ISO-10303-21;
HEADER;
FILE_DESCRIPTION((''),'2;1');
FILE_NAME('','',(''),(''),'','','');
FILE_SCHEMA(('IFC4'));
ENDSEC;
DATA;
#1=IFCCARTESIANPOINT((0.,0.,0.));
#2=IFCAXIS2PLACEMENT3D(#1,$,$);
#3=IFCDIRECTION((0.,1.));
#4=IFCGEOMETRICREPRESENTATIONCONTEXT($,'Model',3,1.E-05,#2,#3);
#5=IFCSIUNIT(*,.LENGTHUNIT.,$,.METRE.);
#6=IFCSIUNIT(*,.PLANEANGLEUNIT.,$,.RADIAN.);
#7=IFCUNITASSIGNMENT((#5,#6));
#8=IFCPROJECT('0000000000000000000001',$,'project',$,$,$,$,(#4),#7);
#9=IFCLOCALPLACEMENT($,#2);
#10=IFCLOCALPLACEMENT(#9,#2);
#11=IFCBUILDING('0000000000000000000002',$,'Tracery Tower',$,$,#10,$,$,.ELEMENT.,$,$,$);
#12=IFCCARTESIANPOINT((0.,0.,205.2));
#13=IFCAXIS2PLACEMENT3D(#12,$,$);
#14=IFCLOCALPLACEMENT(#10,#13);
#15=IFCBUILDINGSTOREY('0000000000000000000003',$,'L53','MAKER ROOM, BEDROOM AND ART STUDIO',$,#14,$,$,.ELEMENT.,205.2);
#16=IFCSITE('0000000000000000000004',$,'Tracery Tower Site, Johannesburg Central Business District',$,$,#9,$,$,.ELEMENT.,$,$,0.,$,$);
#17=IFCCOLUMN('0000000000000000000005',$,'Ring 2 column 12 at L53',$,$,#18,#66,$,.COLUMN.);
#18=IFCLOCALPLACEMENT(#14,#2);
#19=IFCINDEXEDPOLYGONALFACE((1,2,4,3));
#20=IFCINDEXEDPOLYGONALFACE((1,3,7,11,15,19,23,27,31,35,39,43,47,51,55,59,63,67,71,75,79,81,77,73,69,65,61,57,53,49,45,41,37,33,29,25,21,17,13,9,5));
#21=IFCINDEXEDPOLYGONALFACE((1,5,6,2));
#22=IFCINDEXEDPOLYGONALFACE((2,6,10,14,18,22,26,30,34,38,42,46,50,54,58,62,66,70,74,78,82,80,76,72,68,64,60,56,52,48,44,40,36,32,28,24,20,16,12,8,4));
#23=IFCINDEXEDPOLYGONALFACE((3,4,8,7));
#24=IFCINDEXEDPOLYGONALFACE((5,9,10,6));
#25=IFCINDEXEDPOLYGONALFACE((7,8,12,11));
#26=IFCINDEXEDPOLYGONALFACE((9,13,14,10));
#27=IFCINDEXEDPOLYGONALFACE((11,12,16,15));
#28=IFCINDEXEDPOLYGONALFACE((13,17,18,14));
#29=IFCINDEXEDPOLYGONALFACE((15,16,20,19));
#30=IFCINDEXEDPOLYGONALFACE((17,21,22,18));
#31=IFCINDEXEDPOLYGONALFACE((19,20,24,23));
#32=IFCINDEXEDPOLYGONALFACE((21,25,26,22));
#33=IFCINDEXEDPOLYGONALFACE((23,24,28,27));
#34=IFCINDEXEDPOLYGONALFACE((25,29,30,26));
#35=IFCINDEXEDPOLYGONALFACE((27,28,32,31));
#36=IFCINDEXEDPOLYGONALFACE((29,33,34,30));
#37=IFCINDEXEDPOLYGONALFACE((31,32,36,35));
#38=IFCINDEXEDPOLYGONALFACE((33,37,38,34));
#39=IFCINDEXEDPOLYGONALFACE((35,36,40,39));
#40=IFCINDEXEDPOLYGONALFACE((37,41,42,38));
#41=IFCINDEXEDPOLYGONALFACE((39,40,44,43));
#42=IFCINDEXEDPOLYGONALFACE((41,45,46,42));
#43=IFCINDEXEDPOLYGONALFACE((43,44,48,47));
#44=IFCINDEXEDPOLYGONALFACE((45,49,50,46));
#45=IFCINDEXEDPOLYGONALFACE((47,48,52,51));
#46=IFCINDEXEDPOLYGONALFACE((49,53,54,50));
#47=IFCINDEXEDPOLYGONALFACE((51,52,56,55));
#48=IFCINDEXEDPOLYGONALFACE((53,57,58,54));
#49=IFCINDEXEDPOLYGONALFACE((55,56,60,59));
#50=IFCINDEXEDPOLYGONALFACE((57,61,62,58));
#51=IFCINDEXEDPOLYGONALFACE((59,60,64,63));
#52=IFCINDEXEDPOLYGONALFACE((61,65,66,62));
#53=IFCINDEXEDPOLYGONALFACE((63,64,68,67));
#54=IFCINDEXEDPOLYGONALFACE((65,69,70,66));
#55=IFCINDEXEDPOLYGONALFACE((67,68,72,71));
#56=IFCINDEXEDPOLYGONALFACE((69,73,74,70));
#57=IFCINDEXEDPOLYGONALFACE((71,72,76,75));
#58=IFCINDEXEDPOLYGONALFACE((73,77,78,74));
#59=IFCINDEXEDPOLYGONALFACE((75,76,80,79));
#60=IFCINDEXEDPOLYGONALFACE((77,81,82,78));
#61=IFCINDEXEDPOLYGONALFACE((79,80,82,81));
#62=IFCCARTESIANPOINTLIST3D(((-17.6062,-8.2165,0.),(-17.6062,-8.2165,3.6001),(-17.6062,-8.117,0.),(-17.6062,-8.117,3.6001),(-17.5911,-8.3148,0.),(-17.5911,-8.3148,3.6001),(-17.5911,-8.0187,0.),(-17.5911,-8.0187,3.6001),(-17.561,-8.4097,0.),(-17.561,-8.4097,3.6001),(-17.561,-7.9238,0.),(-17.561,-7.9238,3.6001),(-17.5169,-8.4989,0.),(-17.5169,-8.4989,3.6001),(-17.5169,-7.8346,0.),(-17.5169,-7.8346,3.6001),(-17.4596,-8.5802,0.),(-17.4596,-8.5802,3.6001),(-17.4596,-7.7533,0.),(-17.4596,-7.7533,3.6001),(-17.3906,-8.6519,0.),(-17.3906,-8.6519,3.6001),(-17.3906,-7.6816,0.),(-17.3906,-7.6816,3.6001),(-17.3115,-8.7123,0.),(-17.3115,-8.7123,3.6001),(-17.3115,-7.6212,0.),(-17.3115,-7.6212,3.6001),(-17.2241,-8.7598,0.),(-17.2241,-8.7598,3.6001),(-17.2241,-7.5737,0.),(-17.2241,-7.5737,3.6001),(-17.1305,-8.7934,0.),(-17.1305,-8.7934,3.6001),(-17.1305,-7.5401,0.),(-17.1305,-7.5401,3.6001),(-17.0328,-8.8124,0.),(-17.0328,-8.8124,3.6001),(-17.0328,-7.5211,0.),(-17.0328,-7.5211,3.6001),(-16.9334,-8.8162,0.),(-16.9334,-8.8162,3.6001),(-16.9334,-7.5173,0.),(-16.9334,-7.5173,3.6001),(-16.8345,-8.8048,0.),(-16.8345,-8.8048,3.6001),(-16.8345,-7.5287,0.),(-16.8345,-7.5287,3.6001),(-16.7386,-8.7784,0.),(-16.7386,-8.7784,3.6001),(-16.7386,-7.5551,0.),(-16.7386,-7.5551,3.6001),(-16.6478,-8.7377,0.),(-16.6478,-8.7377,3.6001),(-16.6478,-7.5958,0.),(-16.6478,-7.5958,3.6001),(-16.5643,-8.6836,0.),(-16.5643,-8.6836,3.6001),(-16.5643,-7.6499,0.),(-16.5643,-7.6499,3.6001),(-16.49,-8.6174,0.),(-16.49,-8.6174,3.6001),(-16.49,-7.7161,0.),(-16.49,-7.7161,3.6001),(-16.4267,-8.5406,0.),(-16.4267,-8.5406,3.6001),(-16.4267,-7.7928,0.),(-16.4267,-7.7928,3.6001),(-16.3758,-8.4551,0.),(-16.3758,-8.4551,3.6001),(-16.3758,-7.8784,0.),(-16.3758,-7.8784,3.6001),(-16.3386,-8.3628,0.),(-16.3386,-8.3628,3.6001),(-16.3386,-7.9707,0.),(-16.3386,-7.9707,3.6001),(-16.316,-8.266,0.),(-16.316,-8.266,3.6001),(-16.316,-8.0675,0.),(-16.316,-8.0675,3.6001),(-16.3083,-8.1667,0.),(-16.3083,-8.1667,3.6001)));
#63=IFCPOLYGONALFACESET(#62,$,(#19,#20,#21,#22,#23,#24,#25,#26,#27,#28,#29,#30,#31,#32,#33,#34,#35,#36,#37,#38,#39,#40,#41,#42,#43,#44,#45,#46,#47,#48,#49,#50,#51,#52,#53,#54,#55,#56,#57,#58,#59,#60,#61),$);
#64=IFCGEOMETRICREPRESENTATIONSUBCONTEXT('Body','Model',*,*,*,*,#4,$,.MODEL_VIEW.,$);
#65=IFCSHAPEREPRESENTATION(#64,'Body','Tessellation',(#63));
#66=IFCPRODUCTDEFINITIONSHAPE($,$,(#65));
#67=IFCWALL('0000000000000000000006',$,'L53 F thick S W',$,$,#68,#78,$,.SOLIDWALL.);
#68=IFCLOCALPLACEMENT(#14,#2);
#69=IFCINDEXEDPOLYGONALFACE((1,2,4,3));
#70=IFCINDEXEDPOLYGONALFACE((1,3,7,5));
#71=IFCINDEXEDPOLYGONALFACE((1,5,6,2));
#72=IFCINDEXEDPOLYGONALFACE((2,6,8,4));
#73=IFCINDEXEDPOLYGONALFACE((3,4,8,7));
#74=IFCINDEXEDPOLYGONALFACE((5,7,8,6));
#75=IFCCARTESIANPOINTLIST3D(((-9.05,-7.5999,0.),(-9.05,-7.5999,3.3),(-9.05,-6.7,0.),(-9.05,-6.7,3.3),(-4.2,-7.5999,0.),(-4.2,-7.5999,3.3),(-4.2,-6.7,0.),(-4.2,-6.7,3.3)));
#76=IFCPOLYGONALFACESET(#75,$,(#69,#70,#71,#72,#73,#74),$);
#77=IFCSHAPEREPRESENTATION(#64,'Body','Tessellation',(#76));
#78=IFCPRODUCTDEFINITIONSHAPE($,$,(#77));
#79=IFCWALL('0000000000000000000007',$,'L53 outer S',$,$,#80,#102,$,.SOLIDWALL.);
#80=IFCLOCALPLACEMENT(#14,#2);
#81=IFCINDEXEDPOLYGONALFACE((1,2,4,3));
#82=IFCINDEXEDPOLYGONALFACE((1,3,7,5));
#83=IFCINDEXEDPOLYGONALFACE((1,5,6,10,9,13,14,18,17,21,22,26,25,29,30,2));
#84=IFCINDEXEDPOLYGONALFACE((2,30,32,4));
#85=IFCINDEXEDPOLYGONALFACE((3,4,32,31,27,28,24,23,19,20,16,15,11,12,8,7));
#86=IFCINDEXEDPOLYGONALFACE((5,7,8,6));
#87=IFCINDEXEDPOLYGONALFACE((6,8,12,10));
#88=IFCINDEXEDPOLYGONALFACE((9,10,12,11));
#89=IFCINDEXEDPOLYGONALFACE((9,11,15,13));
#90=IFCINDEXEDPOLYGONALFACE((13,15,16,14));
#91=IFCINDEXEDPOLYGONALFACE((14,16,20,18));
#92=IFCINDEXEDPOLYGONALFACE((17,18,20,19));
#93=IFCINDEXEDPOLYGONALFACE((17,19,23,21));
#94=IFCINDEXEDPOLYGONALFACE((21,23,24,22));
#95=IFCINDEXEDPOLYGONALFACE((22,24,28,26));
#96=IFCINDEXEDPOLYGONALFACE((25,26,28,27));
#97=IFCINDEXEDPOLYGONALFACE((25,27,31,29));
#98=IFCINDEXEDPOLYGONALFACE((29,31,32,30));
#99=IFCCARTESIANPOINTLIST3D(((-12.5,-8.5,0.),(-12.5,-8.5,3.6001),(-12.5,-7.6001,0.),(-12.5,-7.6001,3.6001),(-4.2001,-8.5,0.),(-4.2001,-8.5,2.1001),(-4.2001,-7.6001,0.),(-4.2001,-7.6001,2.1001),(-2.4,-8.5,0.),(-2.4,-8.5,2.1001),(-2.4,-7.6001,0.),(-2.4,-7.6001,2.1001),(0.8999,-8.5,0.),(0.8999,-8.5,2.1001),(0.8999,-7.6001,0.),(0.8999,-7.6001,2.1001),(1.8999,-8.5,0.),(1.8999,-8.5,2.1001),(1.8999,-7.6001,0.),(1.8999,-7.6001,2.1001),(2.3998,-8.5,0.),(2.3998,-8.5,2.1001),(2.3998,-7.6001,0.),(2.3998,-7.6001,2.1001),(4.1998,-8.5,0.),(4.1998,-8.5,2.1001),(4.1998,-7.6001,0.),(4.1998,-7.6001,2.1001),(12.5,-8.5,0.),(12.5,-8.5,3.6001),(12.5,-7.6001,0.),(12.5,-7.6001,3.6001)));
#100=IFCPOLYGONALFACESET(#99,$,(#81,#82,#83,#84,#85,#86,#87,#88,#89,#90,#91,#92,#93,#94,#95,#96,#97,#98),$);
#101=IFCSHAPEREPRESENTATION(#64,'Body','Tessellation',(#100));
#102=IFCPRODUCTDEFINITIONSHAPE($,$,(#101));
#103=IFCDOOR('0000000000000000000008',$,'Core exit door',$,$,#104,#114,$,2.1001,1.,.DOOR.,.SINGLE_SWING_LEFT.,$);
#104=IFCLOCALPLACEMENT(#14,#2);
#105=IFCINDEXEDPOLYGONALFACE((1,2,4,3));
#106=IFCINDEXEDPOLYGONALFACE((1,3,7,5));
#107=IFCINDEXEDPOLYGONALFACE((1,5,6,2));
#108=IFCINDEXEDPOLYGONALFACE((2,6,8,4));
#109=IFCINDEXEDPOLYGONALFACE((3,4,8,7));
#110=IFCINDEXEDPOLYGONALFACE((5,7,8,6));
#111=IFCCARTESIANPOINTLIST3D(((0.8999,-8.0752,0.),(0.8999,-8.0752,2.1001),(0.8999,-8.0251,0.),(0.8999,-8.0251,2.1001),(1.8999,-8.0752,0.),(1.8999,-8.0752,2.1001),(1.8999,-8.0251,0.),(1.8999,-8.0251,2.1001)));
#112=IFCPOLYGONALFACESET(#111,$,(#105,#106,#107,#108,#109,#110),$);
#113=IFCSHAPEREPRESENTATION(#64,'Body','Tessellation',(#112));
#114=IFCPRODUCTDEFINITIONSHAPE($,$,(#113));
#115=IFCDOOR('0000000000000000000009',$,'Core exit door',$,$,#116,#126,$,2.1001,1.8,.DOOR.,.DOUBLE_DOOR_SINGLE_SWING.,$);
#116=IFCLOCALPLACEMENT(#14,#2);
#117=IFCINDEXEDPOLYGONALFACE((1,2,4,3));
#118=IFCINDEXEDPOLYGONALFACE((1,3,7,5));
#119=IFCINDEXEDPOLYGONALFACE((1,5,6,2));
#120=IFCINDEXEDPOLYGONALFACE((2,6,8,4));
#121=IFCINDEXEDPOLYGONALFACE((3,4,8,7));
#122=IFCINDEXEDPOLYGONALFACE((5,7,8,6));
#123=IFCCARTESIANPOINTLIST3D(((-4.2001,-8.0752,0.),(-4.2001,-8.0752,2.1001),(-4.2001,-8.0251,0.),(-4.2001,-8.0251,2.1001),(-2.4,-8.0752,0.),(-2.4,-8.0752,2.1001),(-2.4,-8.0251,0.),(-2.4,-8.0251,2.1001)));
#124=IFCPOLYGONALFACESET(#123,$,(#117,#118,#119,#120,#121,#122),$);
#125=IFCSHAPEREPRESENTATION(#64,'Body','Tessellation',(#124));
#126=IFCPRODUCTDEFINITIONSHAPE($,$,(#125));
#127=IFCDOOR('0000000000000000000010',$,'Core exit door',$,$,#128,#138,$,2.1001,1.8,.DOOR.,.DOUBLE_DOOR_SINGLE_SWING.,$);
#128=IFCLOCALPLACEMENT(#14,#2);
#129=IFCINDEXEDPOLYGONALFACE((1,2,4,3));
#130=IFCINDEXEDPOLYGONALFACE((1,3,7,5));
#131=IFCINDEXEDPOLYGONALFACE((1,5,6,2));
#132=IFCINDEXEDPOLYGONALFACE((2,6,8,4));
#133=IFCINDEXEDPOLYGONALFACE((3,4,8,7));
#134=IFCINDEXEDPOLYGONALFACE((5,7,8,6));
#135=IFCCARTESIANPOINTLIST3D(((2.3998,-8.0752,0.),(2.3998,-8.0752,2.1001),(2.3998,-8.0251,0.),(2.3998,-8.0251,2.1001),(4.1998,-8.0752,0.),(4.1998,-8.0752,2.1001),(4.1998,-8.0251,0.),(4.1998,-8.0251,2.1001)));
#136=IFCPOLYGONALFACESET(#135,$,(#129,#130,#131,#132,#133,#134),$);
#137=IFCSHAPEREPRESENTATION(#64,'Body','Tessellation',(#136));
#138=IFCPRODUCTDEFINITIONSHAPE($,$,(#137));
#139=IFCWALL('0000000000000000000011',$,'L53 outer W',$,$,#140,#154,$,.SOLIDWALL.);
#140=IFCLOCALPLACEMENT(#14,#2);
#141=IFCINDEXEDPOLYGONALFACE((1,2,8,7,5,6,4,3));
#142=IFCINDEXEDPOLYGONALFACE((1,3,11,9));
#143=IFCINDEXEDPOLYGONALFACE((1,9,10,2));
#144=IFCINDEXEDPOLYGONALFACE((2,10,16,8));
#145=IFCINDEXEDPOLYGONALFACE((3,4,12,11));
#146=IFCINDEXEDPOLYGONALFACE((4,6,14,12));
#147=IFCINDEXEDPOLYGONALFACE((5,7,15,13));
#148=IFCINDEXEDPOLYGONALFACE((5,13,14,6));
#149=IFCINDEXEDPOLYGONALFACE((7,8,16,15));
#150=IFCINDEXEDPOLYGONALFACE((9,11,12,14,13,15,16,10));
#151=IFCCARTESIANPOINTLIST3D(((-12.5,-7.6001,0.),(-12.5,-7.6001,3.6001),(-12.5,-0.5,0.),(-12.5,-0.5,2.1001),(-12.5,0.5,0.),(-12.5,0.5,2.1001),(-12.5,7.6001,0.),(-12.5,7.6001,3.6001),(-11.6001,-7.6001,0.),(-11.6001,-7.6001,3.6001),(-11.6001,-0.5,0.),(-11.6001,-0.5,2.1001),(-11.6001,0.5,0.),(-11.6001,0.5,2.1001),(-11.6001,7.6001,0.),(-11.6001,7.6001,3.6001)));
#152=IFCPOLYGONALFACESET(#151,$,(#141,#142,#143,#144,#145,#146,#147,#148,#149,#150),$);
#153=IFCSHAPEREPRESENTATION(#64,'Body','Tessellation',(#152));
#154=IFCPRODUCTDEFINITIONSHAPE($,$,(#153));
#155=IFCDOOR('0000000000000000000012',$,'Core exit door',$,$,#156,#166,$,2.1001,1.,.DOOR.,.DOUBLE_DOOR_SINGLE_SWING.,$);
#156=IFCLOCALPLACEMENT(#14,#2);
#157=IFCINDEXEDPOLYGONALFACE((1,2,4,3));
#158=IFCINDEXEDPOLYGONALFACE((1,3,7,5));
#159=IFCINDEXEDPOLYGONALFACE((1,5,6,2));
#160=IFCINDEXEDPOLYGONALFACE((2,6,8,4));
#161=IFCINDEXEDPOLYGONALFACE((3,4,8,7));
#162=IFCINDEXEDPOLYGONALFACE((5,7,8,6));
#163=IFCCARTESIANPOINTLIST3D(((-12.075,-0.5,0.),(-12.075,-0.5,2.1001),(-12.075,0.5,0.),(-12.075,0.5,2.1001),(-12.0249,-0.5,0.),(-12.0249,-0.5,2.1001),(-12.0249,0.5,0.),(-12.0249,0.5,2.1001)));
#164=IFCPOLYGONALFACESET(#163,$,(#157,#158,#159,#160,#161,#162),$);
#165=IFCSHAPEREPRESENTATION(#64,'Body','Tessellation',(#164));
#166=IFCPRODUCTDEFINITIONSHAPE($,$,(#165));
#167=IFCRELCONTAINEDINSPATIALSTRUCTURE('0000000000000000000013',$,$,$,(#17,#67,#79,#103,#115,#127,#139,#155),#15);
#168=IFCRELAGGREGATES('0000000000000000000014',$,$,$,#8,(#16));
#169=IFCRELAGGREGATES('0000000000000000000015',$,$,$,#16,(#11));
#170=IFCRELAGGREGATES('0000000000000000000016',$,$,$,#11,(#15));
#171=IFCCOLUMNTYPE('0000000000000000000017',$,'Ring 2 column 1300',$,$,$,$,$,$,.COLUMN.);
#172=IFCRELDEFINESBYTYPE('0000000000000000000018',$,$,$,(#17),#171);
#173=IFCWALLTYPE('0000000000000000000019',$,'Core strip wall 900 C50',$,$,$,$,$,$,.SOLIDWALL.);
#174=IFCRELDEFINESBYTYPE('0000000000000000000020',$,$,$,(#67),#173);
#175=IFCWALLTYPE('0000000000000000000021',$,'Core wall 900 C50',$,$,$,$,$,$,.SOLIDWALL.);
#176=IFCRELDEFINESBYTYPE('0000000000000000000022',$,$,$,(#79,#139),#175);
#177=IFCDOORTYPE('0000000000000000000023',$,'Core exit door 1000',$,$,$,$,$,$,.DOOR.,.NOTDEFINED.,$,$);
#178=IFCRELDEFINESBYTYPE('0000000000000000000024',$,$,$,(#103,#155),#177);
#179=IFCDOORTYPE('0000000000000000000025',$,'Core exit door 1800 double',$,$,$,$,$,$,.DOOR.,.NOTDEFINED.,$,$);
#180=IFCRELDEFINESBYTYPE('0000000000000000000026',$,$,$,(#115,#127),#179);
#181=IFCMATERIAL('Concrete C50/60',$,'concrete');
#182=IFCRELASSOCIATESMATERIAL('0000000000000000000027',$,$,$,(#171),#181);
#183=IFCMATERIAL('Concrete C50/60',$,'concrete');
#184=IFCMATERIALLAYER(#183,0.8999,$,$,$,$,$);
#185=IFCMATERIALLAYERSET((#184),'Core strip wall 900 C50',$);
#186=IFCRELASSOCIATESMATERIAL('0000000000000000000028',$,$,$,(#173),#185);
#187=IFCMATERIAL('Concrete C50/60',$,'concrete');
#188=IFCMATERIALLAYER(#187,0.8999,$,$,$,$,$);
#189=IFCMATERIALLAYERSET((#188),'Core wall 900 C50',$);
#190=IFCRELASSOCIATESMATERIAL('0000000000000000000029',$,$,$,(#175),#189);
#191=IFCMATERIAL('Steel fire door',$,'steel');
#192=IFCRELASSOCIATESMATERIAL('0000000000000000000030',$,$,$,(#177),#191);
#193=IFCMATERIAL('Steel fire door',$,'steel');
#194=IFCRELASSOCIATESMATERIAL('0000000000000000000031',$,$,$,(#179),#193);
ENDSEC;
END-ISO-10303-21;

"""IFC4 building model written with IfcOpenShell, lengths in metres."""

from ifc_helpers import new_model, si_unit, direction, frame, frame_2d, origin, origin_2d, place, context, subcontext, project, spatial, rectangle, circle, extrude, material, layer, layer_set, material_profile, profile_set, type_object, element, fill, save


model = new_model("IFC4")

# Units and contexts
model_context = context("Model", 3, precision=1e-05, world=origin(), true_north=direction((0.0, 1.0)))
body_context = subcontext(model_context, "Body", "Model", "MODEL_VIEW")
ifc_project = project(units=[si_unit("LENGTHUNIT", "METRE"), si_unit("PLANEANGLEUNIT", "RADIAN")], contexts=[model_context])

# Site, building, storey
site_placement = place(None, origin())
site = spatial("IfcSite", under=ifc_project, at=site_placement, Name="Tracery Tower Site, Johannesburg Central Business District", CompositionType="ELEMENT", RefElevation=0.0)
building_placement = place(site_placement, origin())
building = spatial("IfcBuilding", under=site, at=building_placement, Name="Tracery Tower", CompositionType="ELEMENT")
storey_placement = place(building_placement, frame((0.0, 0.0, 205.2)))
storey = spatial("IfcBuildingStorey", under=building, at=storey_placement, Name="L53", Description="MAKER ROOM, BEDROOM AND ART STUDIO", CompositionType="ELEMENT", Elevation=205.2)

# Column
ifc_material_1 = material(Name="Concrete C50/60", Category="concrete")
ifc_material_profile = material_profile(ifc_material_1, circle(Radius=0.6499, at=origin_2d()), Name="RC D1300")
ifc_profile_set = profile_set([ifc_material_profile], Name="Concrete C50/60")
column_type = type_object("IfcColumnType", Name="Ring 2 column 1300", PredefinedType="COLUMN", material=ifc_profile_set)
column_placement = place(storey_placement, frame((-16.9583, -8.1667, 0.0), z_axis=(0.0, 0.0, 1.0), x_axis=(1.0, 0.0, 0.0)))
element("IfcColumn", 1, at=column_placement, inside=storey, type_object=column_type, Name="Ring 2 column 12 at L53", PredefinedType="COLUMN", context=body_context, shape_type="SweptSolid", body=[
    extrude(circle(Radius=0.6499, at=origin_2d()), origin(), (0.0, 0.0, 1.0), 3.6001),
])

# Wall
ifc_material_2 = material(Name="Concrete C50/60", Category="concrete")
ifc_layer_1 = layer(ifc_material_2, 0.8999)
ifc_layer_set_1 = layer_set([ifc_layer_1], Name="Core strip wall 900 C50")
wall_type_1 = type_object("IfcWallType", Name="Core strip wall 900 C50", PredefinedType="SOLIDWALL", material=ifc_layer_set_1)
wall_1_placement = place(storey_placement, frame((-9.05, -7.1499, 0.0), z_axis=(0.0, 0.0, 1.0), x_axis=(1.0, 0.0, 0.0)))
element("IfcWall", 2, at=wall_1_placement, inside=storey, type_object=wall_type_1, Name="L53 F thick S W", PredefinedType="SOLIDWALL", context=body_context, shape_type="SweptSolid", body=[
    extrude(rectangle(XDim=4.8501, YDim=0.8999, at=frame_2d((2.425, 0.0))), origin(), (0.0, 0.0, 1.0), 3.3),
])

# Wall, openings, doors
ifc_material_3 = material(Name="Concrete C50/60", Category="concrete")
ifc_layer_2 = layer(ifc_material_3, 0.8999)
ifc_layer_set_2 = layer_set([ifc_layer_2], Name="Core wall 900 C50")
wall_type_2 = type_object("IfcWallType", Name="Core wall 900 C50", PredefinedType="SOLIDWALL", material=ifc_layer_set_2)
wall_2_placement = place(storey_placement, frame((-12.5, -8.05, 0.0), z_axis=(0.0, 0.0, 1.0), x_axis=(1.0, 0.0, 0.0)))
wall_2 = element("IfcWall", 3, at=wall_2_placement, inside=storey, type_object=wall_type_2, Name="L53 outer S", PredefinedType="SOLIDWALL", context=body_context, shape_type="SweptSolid", body=[
    extrude(rectangle(XDim=25.0, YDim=0.8999, at=frame_2d((12.5, 0.0))), origin(), (0.0, 0.0, 1.0), 3.6001),
])
opening_1_placement = place(wall_2_placement, frame((13.3999, 0.0, 0.0)))
opening_1 = element("IfcOpeningElement", 4, at=opening_1_placement, cuts=wall_2, PredefinedType="OPENING", context=body_context, shape_type="SweptSolid", body=[
    extrude(rectangle(XDim=1.0, YDim=2.1001, at=frame_2d((0.5, 1.05))), frame((0.0, 0.45, 0.0), z_axis=(0.0, -1.0, 0.0), x_axis=(1.0, 0.0, 0.0)), (0.0, 0.0, 1.0), 0.8999),
])
opening_2_placement = place(wall_2_placement, frame((8.3, 0.0, 0.0)))
opening_2 = element("IfcOpeningElement", 5, at=opening_2_placement, cuts=wall_2, PredefinedType="OPENING", context=body_context, shape_type="SweptSolid", body=[
    extrude(rectangle(XDim=1.8, YDim=2.1001, at=frame_2d((0.8999, 1.05))), frame((0.0, 0.45, 0.0), z_axis=(0.0, -1.0, 0.0), x_axis=(1.0, 0.0, 0.0)), (0.0, 0.0, 1.0), 0.8999),
])
opening_3_placement = place(wall_2_placement, frame((14.8999, 0.0, 0.0)))
opening_3 = element("IfcOpeningElement", 6, at=opening_3_placement, cuts=wall_2, PredefinedType="OPENING", context=body_context, shape_type="SweptSolid", body=[
    extrude(rectangle(XDim=1.8, YDim=2.1001, at=frame_2d((0.8999, 1.05))), frame((0.0, 0.45, 0.0), z_axis=(0.0, -1.0, 0.0), x_axis=(1.0, 0.0, 0.0)), (0.0, 0.0, 1.0), 0.8999),
])
ifc_material_4 = material(Name="Steel fire door", Category="steel")
door_type_1 = type_object("IfcDoorType", Name="Core exit door 1000", OperationType="NOTDEFINED", PredefinedType="DOOR", material=ifc_material_4)
door_1_placement = place(opening_1_placement, origin())
door_1 = element("IfcDoor", 7, at=door_1_placement, inside=storey, type_object=door_type_1, Name="Core exit door", OperationType="SINGLE_SWING_LEFT", OverallHeight=2.1001, OverallWidth=1.0, PredefinedType="DOOR", context=body_context, shape_type="SweptSolid", body=[
    extrude(rectangle(XDim=1.0, YDim=2.1001, at=frame_2d((0.5, 1.05))), frame((0.0, 0.0249, 0.0), z_axis=(0.0, -1.0, 0.0), x_axis=(1.0, 0.0, 0.0)), (0.0, 0.0, 1.0), 0.05),
])
fill(opening_1, door_1)
ifc_material_5 = material(Name="Steel fire door", Category="steel")
door_type_2 = type_object("IfcDoorType", Name="Core exit door 1800 double", OperationType="NOTDEFINED", PredefinedType="DOOR", material=ifc_material_5)
door_2_placement = place(opening_2_placement, origin())
door_2 = element("IfcDoor", 8, at=door_2_placement, inside=storey, type_object=door_type_2, Name="Core exit door", OperationType="DOUBLE_DOOR_SINGLE_SWING", OverallHeight=2.1001, OverallWidth=1.8, PredefinedType="DOOR", context=body_context, shape_type="SweptSolid", body=[
    extrude(rectangle(XDim=1.8, YDim=2.1001, at=frame_2d((0.8999, 1.05))), frame((0.0, 0.0249, 0.0), z_axis=(0.0, -1.0, 0.0), x_axis=(1.0, 0.0, 0.0)), (0.0, 0.0, 1.0), 0.05),
])
fill(opening_2, door_2)
door_3_placement = place(opening_3_placement, origin())
door_3 = element("IfcDoor", 9, at=door_3_placement, inside=storey, type_object=door_type_2, Name="Core exit door", OperationType="DOUBLE_DOOR_SINGLE_SWING", OverallHeight=2.1001, OverallWidth=1.8, PredefinedType="DOOR", context=body_context, shape_type="SweptSolid", body=[
    extrude(rectangle(XDim=1.8, YDim=2.1001, at=frame_2d((0.8999, 1.05))), frame((0.0, 0.0249, 0.0), z_axis=(0.0, -1.0, 0.0), x_axis=(1.0, 0.0, 0.0)), (0.0, 0.0, 1.0), 0.05),
])
fill(opening_3, door_3)

# Wall, opening, door
wall_3_placement = place(storey_placement, frame((-12.05, -7.6001, 0.0), z_axis=(0.0, 0.0, 1.0), x_axis=(0.0, 1.0, 0.0)))
wall_3 = element("IfcWall", 10, at=wall_3_placement, inside=storey, type_object=wall_type_2, Name="L53 outer W", PredefinedType="SOLIDWALL", context=body_context, shape_type="SweptSolid", body=[
    extrude(rectangle(XDim=15.2002, YDim=0.8999, at=frame_2d((7.6001, 0.0))), origin(), (0.0, 0.0, 1.0), 3.6001),
])
opening_4_placement = place(wall_3_placement, frame((7.1001, 0.0, 0.0)))
opening_4 = element("IfcOpeningElement", 11, at=opening_4_placement, cuts=wall_3, PredefinedType="OPENING", context=body_context, shape_type="SweptSolid", body=[
    extrude(rectangle(XDim=1.0, YDim=2.1001, at=frame_2d((0.5, 1.05))), frame((0.0, 0.45, 0.0), z_axis=(0.0, -1.0, 0.0), x_axis=(1.0, 0.0, 0.0)), (0.0, 0.0, 1.0), 0.8999),
])
door_4_placement = place(opening_4_placement, origin())
door_4 = element("IfcDoor", 12, at=door_4_placement, inside=storey, type_object=door_type_1, Name="Core exit door", OperationType="DOUBLE_DOOR_SINGLE_SWING", OverallHeight=2.1001, OverallWidth=1.0, PredefinedType="DOOR", context=body_context, shape_type="SweptSolid", body=[
    extrude(rectangle(XDim=1.0, YDim=2.1001, at=frame_2d((0.5, 1.05))), frame((0.0, 0.0249, 0.0), z_axis=(0.0, -1.0, 0.0), x_axis=(1.0, 0.0, 0.0)), (0.0, 0.0, 1.0), 0.05),
])
fill(opening_4, door_4)

save(model, "model.ifc")
